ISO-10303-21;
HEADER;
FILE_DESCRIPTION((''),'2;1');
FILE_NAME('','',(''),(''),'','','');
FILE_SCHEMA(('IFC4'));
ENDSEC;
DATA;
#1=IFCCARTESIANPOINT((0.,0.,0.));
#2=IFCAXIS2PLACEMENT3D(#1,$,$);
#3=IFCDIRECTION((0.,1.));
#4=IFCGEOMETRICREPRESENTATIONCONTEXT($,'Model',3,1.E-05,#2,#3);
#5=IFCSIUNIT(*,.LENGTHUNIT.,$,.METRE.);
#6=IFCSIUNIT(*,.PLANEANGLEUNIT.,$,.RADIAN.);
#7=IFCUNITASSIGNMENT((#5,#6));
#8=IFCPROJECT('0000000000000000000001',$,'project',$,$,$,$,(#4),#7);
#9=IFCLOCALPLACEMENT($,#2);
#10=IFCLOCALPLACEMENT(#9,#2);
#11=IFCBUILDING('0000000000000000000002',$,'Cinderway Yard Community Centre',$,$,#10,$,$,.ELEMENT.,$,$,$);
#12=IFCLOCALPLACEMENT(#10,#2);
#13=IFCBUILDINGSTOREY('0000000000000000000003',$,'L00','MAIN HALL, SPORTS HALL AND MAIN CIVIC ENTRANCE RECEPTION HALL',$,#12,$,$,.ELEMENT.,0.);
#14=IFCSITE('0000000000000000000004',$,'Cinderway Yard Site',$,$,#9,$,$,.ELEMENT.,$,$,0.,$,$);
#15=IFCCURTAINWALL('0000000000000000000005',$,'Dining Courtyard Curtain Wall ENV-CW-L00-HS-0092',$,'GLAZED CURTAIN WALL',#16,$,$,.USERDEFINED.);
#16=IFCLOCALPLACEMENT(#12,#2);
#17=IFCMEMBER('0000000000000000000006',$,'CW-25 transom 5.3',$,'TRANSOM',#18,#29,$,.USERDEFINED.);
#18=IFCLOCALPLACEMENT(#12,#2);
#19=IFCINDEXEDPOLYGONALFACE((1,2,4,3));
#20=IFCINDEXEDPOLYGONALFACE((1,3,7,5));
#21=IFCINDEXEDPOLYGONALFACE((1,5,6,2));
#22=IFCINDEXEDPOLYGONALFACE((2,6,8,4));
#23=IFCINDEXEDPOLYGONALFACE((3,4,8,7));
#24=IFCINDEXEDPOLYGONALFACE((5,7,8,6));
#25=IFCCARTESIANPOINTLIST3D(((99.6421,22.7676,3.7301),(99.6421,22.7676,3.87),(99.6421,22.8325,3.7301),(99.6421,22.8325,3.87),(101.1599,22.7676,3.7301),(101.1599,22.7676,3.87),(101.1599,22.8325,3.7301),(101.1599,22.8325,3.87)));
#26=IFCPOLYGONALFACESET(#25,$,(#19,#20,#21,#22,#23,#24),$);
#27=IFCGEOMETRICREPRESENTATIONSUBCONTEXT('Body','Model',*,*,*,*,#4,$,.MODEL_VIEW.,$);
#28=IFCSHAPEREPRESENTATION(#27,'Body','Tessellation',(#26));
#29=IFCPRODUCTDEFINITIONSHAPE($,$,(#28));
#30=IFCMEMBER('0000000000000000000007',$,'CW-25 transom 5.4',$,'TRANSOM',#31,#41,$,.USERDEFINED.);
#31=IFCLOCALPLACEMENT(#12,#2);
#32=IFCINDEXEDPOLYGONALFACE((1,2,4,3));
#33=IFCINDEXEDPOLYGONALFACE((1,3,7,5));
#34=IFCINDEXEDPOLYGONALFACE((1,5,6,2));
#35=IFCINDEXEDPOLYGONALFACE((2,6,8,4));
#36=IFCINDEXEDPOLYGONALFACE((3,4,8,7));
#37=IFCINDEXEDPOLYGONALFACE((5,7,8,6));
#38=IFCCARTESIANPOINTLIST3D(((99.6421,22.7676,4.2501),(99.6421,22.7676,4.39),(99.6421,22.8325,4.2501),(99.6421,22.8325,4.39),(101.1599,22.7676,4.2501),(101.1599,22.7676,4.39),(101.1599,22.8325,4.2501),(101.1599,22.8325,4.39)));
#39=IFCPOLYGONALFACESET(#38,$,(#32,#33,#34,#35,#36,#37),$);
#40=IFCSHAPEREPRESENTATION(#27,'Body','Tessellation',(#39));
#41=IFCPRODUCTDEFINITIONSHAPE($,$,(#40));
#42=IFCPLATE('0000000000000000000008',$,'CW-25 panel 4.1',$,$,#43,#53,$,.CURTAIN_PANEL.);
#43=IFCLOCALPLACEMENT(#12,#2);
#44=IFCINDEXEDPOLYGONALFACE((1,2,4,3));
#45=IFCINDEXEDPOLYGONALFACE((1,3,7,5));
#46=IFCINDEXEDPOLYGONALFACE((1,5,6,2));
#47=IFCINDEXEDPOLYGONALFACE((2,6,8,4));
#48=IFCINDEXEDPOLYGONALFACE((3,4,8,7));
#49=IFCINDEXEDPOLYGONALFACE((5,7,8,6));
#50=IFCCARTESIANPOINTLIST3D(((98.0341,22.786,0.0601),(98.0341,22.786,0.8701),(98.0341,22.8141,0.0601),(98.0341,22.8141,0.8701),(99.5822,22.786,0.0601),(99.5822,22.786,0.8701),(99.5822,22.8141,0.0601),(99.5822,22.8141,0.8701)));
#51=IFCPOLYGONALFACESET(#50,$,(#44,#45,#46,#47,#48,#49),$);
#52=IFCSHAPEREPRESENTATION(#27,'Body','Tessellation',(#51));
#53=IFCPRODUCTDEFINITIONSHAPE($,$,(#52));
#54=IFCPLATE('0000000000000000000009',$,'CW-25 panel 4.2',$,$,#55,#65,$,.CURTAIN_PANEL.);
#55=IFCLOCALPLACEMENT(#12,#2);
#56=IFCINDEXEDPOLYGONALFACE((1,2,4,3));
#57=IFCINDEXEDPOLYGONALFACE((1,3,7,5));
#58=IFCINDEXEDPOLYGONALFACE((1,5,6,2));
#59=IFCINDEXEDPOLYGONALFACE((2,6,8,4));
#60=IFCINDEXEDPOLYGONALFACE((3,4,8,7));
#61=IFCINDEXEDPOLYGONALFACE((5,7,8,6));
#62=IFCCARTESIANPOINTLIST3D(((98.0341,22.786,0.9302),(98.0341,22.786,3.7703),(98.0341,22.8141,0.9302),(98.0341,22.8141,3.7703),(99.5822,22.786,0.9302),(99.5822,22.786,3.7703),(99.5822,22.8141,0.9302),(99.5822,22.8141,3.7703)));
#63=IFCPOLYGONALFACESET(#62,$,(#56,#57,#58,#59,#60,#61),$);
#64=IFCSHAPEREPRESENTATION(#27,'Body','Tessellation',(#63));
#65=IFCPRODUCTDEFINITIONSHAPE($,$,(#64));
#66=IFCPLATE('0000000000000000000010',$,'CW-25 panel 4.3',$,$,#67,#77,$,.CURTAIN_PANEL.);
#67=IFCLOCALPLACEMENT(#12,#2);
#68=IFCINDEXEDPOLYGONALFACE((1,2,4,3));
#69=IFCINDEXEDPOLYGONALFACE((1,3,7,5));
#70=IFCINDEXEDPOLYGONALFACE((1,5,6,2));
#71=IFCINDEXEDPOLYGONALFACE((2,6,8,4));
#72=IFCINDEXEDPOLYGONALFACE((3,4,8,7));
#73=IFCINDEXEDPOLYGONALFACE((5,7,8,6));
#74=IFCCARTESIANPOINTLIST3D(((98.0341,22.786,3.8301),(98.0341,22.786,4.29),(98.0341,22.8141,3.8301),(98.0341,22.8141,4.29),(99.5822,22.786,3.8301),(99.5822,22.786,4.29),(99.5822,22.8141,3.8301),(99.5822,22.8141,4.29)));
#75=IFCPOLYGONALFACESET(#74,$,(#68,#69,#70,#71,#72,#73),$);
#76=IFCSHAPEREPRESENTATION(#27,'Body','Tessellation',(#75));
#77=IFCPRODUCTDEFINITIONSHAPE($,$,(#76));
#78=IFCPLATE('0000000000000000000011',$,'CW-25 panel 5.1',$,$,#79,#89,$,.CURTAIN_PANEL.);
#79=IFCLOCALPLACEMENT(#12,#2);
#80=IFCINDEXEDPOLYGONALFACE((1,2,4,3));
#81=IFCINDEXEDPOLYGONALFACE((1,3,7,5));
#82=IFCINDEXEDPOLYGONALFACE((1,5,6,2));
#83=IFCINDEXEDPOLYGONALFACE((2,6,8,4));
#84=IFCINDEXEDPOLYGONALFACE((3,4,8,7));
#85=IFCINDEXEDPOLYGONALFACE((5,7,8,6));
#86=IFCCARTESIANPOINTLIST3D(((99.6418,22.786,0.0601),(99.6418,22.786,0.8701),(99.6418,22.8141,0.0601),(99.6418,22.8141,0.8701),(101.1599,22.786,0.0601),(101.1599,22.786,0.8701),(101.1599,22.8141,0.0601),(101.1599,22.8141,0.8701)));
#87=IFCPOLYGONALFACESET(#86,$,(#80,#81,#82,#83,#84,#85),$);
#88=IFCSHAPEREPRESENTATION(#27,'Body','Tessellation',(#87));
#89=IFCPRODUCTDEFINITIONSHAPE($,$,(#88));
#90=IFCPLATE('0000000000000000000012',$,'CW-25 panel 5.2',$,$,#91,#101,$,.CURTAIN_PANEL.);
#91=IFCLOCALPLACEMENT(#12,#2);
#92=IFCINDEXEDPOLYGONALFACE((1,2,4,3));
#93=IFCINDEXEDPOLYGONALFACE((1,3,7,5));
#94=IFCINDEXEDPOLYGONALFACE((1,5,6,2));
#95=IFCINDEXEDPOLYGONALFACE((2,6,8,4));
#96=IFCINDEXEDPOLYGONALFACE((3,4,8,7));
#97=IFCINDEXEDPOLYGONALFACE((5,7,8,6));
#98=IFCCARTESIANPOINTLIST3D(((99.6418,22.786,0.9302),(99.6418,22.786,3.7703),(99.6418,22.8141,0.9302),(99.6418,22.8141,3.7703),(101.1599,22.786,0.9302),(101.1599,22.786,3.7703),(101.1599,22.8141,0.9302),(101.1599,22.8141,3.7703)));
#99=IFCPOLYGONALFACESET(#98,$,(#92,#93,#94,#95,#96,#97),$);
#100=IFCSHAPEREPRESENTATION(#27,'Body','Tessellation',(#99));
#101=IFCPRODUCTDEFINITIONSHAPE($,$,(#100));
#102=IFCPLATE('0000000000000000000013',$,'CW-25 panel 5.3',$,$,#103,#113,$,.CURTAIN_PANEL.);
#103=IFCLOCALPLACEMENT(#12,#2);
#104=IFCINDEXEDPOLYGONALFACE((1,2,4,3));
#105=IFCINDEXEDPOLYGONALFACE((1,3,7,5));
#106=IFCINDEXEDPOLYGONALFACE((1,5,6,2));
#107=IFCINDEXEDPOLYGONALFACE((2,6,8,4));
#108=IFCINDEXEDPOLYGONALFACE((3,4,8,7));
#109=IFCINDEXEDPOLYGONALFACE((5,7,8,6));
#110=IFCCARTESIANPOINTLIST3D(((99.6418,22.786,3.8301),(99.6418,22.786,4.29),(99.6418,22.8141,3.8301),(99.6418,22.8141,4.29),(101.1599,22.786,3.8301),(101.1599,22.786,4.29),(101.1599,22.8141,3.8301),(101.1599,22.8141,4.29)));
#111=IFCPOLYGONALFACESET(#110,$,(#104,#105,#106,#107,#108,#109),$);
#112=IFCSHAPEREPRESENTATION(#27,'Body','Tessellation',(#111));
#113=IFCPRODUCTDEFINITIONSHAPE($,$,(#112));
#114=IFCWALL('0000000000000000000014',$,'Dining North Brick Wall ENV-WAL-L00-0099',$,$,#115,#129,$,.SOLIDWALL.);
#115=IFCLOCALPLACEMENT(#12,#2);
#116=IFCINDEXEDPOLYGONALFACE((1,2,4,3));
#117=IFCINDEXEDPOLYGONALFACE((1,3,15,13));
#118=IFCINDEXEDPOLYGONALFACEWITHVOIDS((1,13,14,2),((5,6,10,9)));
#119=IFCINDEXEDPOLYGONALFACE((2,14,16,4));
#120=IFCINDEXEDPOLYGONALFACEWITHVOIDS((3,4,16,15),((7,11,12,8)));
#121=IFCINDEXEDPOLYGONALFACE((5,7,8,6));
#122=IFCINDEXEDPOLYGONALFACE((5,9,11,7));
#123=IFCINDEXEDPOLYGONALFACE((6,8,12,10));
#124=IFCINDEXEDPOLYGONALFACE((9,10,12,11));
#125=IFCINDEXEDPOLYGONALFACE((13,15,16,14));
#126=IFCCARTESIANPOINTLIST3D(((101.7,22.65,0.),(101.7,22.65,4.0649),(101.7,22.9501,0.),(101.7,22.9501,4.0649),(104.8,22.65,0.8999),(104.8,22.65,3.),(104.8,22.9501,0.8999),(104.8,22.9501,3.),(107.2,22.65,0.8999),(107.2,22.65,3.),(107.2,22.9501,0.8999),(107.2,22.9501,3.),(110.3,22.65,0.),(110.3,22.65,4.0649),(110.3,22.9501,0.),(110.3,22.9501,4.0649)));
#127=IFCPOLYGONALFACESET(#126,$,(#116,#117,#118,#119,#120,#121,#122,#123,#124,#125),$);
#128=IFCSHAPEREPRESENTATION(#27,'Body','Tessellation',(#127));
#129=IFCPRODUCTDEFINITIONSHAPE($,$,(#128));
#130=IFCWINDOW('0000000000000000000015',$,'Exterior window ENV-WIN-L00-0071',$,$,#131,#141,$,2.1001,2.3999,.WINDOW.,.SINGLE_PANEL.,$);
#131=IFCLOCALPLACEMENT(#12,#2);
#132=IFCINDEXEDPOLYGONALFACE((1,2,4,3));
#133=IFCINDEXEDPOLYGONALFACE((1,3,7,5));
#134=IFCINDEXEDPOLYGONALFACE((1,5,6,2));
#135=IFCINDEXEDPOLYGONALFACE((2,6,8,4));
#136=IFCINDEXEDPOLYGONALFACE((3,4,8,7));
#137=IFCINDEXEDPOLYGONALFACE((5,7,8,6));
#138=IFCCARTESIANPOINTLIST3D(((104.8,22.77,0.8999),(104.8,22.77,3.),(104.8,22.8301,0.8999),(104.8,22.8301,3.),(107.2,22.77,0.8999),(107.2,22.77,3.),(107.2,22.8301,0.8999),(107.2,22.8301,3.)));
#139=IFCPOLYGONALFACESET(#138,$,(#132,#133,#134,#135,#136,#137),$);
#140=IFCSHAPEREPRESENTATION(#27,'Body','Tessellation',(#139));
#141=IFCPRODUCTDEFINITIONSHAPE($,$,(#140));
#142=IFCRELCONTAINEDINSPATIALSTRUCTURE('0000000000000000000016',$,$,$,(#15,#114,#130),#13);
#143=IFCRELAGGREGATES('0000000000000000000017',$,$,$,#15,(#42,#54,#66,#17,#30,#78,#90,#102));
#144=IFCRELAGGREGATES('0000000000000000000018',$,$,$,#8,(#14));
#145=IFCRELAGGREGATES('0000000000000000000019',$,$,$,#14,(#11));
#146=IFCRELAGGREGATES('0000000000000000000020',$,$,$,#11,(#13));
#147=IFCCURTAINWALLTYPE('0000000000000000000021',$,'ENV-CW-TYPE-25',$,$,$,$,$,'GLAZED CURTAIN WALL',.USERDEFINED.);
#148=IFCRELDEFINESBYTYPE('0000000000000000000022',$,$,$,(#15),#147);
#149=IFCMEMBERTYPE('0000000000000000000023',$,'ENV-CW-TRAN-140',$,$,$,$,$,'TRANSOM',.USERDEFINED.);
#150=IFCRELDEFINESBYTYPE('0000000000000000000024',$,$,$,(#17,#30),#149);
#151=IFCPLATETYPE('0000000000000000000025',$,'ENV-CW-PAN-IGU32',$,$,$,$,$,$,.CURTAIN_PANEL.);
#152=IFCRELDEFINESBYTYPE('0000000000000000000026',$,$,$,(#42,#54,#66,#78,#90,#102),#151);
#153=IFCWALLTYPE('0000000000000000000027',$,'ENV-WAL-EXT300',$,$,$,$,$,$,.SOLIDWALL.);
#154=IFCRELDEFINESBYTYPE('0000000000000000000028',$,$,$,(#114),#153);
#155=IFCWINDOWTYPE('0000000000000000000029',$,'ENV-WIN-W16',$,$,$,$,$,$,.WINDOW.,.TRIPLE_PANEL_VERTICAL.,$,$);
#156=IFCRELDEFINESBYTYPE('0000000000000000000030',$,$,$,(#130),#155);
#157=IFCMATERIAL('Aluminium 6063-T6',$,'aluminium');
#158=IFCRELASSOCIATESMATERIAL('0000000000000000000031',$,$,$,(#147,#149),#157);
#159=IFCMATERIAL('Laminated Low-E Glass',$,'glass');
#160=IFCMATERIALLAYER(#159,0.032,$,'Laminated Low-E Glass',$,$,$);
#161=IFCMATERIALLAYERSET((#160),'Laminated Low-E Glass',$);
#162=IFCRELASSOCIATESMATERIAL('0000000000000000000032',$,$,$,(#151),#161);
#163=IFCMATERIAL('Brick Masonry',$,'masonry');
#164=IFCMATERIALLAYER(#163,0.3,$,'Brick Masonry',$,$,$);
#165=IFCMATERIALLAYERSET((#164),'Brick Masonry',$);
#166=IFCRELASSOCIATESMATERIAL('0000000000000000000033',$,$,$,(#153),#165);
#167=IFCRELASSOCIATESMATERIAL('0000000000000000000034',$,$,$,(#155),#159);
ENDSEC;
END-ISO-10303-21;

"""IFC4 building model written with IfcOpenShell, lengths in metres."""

from ifc_helpers import new_model, si_unit, direction, frame, frame_2d, origin, origin_2d, place, context, subcontext, project, spatial, rectangle, extrude, material, layer, layer_set, material_profile, profile_set, type_object, element, fill, aggregate, save


model = new_model("IFC4")

# Units and contexts
model_context = context("Model", 3, precision=1e-05, world=origin(), true_north=direction((0.0, 1.0)))
body_context = subcontext(model_context, "Body", "Model", "MODEL_VIEW")
ifc_project = project(units=[si_unit("LENGTHUNIT", "METRE"), si_unit("PLANEANGLEUNIT", "RADIAN")], contexts=[model_context])

# Site, building, storey
site_placement = place(None, origin())
site = spatial("IfcSite", under=ifc_project, at=site_placement, Name="Cinderway Yard Site", CompositionType="ELEMENT", RefElevation=0.0)
building_placement = place(site_placement, origin())
building = spatial("IfcBuilding", under=site, at=building_placement, Name="Cinderway Yard Community Centre", CompositionType="ELEMENT")
storey_placement = place(building_placement, origin())
storey = spatial("IfcBuildingStorey", under=building, at=storey_placement, Name="L00", Description="MAIN HALL, SPORTS HALL AND MAIN CIVIC ENTRANCE RECEPTION HALL", CompositionType="ELEMENT", Elevation=0.0)

# Curtain wall, members, plates
ifc_material_1 = material(Name="Aluminium 6063-T6", Category="aluminium")
curtain_wall_type = type_object("IfcCurtainWallType", Name="ENV-CW-TYPE-25", ElementType="GLAZED CURTAIN WALL", PredefinedType="USERDEFINED", material=ifc_material_1)
curtain_wall_placement = place(storey_placement, origin())
curtain_wall = element("IfcCurtainWall", 1, at=curtain_wall_placement, inside=storey, type_object=curtain_wall_type, Name="Dining Courtyard Curtain Wall ENV-CW-L00-HS-0092", ObjectType="GLAZED CURTAIN WALL", PredefinedType="USERDEFINED")
ifc_material_profile_1 = material_profile(ifc_material_1, rectangle(XDim=0.0649, YDim=0.1399, at=origin_2d()), Name="Aluminium 6063-T6")
ifc_profile_set_1 = profile_set([ifc_material_profile_1], Name="Aluminium 6063-T6")
member_type_1 = type_object("IfcMemberType", Name="ENV-CW-TRAN-140", ElementType="TRANSOM", PredefinedType="USERDEFINED", material=ifc_profile_set_1)
member_1_placement = place(storey_placement, frame((99.6421, 22.8, 3.8), z_axis=(1.0, 0.0, 0.0), x_axis=(0.0, 1.0, 0.0)))
member_1 = element("IfcMember", 2, at=member_1_placement, type_object=member_type_1, Name="CW-25 transom 5.3", ObjectType="TRANSOM", PredefinedType="USERDEFINED", context=body_context, shape_type="SweptSolid", body=[
    extrude(rectangle(XDim=0.0649, YDim=0.1399, at=origin_2d()), origin(), (0.0, 0.0, 1.0), 1.5178),
])
member_2_placement = place(storey_placement, frame((99.6421, 22.8, 4.3201), z_axis=(1.0, 0.0, 0.0), x_axis=(0.0, 1.0, 0.0)))
member_2 = element("IfcMember", 3, at=member_2_placement, type_object=member_type_1, Name="CW-25 transom 5.4", ObjectType="TRANSOM", PredefinedType="USERDEFINED", context=body_context, shape_type="SweptSolid", body=[
    extrude(rectangle(XDim=0.0649, YDim=0.1399, at=origin_2d()), origin(), (0.0, 0.0, 1.0), 1.5178),
])
ifc_material_2 = material(Name="Laminated Low-E Glass", Category="glass")
ifc_layer_1 = layer(ifc_material_2, 0.032, Name="Laminated Low-E Glass")
ifc_layer_set_1 = layer_set([ifc_layer_1], Name="Laminated Low-E Glass")
plate_type = type_object("IfcPlateType", Name="ENV-CW-PAN-IGU32", PredefinedType="CURTAIN_PANEL", material=ifc_layer_set_1)
plate_1_placement = place(storey_placement, frame((98.8081, 22.8, 0.0601), z_axis=(0.0, 0.0, 1.0), x_axis=(1.0, 0.0, 0.0)))
plate_1 = element("IfcPlate", 4, at=plate_1_placement, type_object=plate_type, Name="CW-25 panel 4.1", PredefinedType="CURTAIN_PANEL", context=body_context, shape_type="SweptSolid", body=[
    extrude(rectangle(XDim=1.5481, YDim=0.0281, at=origin_2d()), origin(), (0.0, 0.0, 1.0), 0.8101),
])
plate_2_placement = place(storey_placement, frame((98.8081, 22.8, 0.9302), z_axis=(0.0, 0.0, 1.0), x_axis=(1.0, 0.0, 0.0)))
plate_2 = element("IfcPlate", 5, at=plate_2_placement, type_object=plate_type, Name="CW-25 panel 4.2", PredefinedType="CURTAIN_PANEL", context=body_context, shape_type="SweptSolid", body=[
    extrude(rectangle(XDim=1.5481, YDim=0.0281, at=origin_2d()), origin(), (0.0, 0.0, 1.0), 2.8401),
])
plate_3_placement = place(storey_placement, frame((98.8081, 22.8, 3.8301), z_axis=(0.0, 0.0, 1.0), x_axis=(1.0, 0.0, 0.0)))
plate_3 = element("IfcPlate", 6, at=plate_3_placement, type_object=plate_type, Name="CW-25 panel 4.3", PredefinedType="CURTAIN_PANEL", context=body_context, shape_type="SweptSolid", body=[
    extrude(rectangle(XDim=1.5481, YDim=0.0281, at=origin_2d()), origin(), (0.0, 0.0, 1.0), 0.46),
])
plate_4_placement = place(storey_placement, frame((100.4009, 22.8, 0.0601), z_axis=(0.0, 0.0, 1.0), x_axis=(1.0, 0.0, 0.0)))
plate_4 = element("IfcPlate", 7, at=plate_4_placement, type_object=plate_type, Name="CW-25 panel 5.1", PredefinedType="CURTAIN_PANEL", context=body_context, shape_type="SweptSolid", body=[
    extrude(rectangle(XDim=1.5181, YDim=0.0281, at=origin_2d()), origin(), (0.0, 0.0, 1.0), 0.8101),
])
plate_5_placement = place(storey_placement, frame((100.4009, 22.8, 0.9302), z_axis=(0.0, 0.0, 1.0), x_axis=(1.0, 0.0, 0.0)))
plate_5 = element("IfcPlate", 8, at=plate_5_placement, type_object=plate_type, Name="CW-25 panel 5.2", PredefinedType="CURTAIN_PANEL", context=body_context, shape_type="SweptSolid", body=[
    extrude(rectangle(XDim=1.5181, YDim=0.0281, at=origin_2d()), origin(), (0.0, 0.0, 1.0), 2.8401),
])
plate_6_placement = place(storey_placement, frame((100.4009, 22.8, 3.8301), z_axis=(0.0, 0.0, 1.0), x_axis=(1.0, 0.0, 0.0)))
plate_6 = element("IfcPlate", 9, at=plate_6_placement, type_object=plate_type, Name="CW-25 panel 5.3", PredefinedType="CURTAIN_PANEL", context=body_context, shape_type="SweptSolid", body=[
    extrude(rectangle(XDim=1.5181, YDim=0.0281, at=origin_2d()), origin(), (0.0, 0.0, 1.0), 0.46),
])
aggregate(curtain_wall, [plate_1, plate_2, plate_3, member_1, member_2, plate_4, plate_5, plate_6])

# Wall, opening, window
ifc_material_3 = material(Name="Brick Masonry", Category="masonry")
ifc_layer_2 = layer(ifc_material_3, 0.3, Name="Brick Masonry")
ifc_layer_set_2 = layer_set([ifc_layer_2], Name="Brick Masonry")
wall_type = type_object("IfcWallType", Name="ENV-WAL-EXT300", PredefinedType="SOLIDWALL", material=ifc_layer_set_2)
wall_placement = place(storey_placement, frame((101.7, 22.8, 0.0), z_axis=(0.0, 0.0, 1.0), x_axis=(1.0, 0.0, 0.0)))
wall = element("IfcWall", 10, at=wall_placement, inside=storey, type_object=wall_type, Name="Dining North Brick Wall ENV-WAL-L00-0099", PredefinedType="SOLIDWALL", context=body_context, shape_type="SweptSolid", body=[
    extrude(rectangle(XDim=8.6001, YDim=0.3, at=frame_2d((4.3, 0.0))), origin(), (0.0, 0.0, 1.0), 4.0649),
])
opening_placement = place(wall_placement, frame((3.1001, 0.0, 0.8999)))
opening = element("IfcOpeningElement", 11, at=opening_placement, cuts=wall, PredefinedType="OPENING", context=body_context, shape_type="SweptSolid", body=[
    extrude(rectangle(XDim=2.3999, YDim=2.1001, at=frame_2d((1.2, 1.05))), frame((0.0, 0.1599, 0.0), z_axis=(0.0, -1.0, 0.0), x_axis=(1.0, 0.0, 0.0)), (0.0, 0.0, 1.0), 0.3201),
])
window_type = type_object("IfcWindowType", Name="ENV-WIN-W16", PartitioningType="TRIPLE_PANEL_VERTICAL", PredefinedType="WINDOW", material=ifc_material_2)
window_placement = place(opening_placement, origin())
window = element("IfcWindow", 12, at=window_placement, inside=storey, type_object=window_type, Name="Exterior window ENV-WIN-L00-0071", OverallHeight=2.1001, OverallWidth=2.3999, PartitioningType="SINGLE_PANEL", PredefinedType="WINDOW", context=body_context, shape_type="SweptSolid", body=[
    extrude(rectangle(XDim=2.3999, YDim=2.1001, at=frame_2d((1.2, 1.05))), frame((0.0, 0.03, 0.0), z_axis=(0.0, -1.0, 0.0), x_axis=(1.0, 0.0, 0.0)), (0.0, 0.0, 1.0), 0.0601),
])
fill(opening, window)

save(model, "model.ifc")
